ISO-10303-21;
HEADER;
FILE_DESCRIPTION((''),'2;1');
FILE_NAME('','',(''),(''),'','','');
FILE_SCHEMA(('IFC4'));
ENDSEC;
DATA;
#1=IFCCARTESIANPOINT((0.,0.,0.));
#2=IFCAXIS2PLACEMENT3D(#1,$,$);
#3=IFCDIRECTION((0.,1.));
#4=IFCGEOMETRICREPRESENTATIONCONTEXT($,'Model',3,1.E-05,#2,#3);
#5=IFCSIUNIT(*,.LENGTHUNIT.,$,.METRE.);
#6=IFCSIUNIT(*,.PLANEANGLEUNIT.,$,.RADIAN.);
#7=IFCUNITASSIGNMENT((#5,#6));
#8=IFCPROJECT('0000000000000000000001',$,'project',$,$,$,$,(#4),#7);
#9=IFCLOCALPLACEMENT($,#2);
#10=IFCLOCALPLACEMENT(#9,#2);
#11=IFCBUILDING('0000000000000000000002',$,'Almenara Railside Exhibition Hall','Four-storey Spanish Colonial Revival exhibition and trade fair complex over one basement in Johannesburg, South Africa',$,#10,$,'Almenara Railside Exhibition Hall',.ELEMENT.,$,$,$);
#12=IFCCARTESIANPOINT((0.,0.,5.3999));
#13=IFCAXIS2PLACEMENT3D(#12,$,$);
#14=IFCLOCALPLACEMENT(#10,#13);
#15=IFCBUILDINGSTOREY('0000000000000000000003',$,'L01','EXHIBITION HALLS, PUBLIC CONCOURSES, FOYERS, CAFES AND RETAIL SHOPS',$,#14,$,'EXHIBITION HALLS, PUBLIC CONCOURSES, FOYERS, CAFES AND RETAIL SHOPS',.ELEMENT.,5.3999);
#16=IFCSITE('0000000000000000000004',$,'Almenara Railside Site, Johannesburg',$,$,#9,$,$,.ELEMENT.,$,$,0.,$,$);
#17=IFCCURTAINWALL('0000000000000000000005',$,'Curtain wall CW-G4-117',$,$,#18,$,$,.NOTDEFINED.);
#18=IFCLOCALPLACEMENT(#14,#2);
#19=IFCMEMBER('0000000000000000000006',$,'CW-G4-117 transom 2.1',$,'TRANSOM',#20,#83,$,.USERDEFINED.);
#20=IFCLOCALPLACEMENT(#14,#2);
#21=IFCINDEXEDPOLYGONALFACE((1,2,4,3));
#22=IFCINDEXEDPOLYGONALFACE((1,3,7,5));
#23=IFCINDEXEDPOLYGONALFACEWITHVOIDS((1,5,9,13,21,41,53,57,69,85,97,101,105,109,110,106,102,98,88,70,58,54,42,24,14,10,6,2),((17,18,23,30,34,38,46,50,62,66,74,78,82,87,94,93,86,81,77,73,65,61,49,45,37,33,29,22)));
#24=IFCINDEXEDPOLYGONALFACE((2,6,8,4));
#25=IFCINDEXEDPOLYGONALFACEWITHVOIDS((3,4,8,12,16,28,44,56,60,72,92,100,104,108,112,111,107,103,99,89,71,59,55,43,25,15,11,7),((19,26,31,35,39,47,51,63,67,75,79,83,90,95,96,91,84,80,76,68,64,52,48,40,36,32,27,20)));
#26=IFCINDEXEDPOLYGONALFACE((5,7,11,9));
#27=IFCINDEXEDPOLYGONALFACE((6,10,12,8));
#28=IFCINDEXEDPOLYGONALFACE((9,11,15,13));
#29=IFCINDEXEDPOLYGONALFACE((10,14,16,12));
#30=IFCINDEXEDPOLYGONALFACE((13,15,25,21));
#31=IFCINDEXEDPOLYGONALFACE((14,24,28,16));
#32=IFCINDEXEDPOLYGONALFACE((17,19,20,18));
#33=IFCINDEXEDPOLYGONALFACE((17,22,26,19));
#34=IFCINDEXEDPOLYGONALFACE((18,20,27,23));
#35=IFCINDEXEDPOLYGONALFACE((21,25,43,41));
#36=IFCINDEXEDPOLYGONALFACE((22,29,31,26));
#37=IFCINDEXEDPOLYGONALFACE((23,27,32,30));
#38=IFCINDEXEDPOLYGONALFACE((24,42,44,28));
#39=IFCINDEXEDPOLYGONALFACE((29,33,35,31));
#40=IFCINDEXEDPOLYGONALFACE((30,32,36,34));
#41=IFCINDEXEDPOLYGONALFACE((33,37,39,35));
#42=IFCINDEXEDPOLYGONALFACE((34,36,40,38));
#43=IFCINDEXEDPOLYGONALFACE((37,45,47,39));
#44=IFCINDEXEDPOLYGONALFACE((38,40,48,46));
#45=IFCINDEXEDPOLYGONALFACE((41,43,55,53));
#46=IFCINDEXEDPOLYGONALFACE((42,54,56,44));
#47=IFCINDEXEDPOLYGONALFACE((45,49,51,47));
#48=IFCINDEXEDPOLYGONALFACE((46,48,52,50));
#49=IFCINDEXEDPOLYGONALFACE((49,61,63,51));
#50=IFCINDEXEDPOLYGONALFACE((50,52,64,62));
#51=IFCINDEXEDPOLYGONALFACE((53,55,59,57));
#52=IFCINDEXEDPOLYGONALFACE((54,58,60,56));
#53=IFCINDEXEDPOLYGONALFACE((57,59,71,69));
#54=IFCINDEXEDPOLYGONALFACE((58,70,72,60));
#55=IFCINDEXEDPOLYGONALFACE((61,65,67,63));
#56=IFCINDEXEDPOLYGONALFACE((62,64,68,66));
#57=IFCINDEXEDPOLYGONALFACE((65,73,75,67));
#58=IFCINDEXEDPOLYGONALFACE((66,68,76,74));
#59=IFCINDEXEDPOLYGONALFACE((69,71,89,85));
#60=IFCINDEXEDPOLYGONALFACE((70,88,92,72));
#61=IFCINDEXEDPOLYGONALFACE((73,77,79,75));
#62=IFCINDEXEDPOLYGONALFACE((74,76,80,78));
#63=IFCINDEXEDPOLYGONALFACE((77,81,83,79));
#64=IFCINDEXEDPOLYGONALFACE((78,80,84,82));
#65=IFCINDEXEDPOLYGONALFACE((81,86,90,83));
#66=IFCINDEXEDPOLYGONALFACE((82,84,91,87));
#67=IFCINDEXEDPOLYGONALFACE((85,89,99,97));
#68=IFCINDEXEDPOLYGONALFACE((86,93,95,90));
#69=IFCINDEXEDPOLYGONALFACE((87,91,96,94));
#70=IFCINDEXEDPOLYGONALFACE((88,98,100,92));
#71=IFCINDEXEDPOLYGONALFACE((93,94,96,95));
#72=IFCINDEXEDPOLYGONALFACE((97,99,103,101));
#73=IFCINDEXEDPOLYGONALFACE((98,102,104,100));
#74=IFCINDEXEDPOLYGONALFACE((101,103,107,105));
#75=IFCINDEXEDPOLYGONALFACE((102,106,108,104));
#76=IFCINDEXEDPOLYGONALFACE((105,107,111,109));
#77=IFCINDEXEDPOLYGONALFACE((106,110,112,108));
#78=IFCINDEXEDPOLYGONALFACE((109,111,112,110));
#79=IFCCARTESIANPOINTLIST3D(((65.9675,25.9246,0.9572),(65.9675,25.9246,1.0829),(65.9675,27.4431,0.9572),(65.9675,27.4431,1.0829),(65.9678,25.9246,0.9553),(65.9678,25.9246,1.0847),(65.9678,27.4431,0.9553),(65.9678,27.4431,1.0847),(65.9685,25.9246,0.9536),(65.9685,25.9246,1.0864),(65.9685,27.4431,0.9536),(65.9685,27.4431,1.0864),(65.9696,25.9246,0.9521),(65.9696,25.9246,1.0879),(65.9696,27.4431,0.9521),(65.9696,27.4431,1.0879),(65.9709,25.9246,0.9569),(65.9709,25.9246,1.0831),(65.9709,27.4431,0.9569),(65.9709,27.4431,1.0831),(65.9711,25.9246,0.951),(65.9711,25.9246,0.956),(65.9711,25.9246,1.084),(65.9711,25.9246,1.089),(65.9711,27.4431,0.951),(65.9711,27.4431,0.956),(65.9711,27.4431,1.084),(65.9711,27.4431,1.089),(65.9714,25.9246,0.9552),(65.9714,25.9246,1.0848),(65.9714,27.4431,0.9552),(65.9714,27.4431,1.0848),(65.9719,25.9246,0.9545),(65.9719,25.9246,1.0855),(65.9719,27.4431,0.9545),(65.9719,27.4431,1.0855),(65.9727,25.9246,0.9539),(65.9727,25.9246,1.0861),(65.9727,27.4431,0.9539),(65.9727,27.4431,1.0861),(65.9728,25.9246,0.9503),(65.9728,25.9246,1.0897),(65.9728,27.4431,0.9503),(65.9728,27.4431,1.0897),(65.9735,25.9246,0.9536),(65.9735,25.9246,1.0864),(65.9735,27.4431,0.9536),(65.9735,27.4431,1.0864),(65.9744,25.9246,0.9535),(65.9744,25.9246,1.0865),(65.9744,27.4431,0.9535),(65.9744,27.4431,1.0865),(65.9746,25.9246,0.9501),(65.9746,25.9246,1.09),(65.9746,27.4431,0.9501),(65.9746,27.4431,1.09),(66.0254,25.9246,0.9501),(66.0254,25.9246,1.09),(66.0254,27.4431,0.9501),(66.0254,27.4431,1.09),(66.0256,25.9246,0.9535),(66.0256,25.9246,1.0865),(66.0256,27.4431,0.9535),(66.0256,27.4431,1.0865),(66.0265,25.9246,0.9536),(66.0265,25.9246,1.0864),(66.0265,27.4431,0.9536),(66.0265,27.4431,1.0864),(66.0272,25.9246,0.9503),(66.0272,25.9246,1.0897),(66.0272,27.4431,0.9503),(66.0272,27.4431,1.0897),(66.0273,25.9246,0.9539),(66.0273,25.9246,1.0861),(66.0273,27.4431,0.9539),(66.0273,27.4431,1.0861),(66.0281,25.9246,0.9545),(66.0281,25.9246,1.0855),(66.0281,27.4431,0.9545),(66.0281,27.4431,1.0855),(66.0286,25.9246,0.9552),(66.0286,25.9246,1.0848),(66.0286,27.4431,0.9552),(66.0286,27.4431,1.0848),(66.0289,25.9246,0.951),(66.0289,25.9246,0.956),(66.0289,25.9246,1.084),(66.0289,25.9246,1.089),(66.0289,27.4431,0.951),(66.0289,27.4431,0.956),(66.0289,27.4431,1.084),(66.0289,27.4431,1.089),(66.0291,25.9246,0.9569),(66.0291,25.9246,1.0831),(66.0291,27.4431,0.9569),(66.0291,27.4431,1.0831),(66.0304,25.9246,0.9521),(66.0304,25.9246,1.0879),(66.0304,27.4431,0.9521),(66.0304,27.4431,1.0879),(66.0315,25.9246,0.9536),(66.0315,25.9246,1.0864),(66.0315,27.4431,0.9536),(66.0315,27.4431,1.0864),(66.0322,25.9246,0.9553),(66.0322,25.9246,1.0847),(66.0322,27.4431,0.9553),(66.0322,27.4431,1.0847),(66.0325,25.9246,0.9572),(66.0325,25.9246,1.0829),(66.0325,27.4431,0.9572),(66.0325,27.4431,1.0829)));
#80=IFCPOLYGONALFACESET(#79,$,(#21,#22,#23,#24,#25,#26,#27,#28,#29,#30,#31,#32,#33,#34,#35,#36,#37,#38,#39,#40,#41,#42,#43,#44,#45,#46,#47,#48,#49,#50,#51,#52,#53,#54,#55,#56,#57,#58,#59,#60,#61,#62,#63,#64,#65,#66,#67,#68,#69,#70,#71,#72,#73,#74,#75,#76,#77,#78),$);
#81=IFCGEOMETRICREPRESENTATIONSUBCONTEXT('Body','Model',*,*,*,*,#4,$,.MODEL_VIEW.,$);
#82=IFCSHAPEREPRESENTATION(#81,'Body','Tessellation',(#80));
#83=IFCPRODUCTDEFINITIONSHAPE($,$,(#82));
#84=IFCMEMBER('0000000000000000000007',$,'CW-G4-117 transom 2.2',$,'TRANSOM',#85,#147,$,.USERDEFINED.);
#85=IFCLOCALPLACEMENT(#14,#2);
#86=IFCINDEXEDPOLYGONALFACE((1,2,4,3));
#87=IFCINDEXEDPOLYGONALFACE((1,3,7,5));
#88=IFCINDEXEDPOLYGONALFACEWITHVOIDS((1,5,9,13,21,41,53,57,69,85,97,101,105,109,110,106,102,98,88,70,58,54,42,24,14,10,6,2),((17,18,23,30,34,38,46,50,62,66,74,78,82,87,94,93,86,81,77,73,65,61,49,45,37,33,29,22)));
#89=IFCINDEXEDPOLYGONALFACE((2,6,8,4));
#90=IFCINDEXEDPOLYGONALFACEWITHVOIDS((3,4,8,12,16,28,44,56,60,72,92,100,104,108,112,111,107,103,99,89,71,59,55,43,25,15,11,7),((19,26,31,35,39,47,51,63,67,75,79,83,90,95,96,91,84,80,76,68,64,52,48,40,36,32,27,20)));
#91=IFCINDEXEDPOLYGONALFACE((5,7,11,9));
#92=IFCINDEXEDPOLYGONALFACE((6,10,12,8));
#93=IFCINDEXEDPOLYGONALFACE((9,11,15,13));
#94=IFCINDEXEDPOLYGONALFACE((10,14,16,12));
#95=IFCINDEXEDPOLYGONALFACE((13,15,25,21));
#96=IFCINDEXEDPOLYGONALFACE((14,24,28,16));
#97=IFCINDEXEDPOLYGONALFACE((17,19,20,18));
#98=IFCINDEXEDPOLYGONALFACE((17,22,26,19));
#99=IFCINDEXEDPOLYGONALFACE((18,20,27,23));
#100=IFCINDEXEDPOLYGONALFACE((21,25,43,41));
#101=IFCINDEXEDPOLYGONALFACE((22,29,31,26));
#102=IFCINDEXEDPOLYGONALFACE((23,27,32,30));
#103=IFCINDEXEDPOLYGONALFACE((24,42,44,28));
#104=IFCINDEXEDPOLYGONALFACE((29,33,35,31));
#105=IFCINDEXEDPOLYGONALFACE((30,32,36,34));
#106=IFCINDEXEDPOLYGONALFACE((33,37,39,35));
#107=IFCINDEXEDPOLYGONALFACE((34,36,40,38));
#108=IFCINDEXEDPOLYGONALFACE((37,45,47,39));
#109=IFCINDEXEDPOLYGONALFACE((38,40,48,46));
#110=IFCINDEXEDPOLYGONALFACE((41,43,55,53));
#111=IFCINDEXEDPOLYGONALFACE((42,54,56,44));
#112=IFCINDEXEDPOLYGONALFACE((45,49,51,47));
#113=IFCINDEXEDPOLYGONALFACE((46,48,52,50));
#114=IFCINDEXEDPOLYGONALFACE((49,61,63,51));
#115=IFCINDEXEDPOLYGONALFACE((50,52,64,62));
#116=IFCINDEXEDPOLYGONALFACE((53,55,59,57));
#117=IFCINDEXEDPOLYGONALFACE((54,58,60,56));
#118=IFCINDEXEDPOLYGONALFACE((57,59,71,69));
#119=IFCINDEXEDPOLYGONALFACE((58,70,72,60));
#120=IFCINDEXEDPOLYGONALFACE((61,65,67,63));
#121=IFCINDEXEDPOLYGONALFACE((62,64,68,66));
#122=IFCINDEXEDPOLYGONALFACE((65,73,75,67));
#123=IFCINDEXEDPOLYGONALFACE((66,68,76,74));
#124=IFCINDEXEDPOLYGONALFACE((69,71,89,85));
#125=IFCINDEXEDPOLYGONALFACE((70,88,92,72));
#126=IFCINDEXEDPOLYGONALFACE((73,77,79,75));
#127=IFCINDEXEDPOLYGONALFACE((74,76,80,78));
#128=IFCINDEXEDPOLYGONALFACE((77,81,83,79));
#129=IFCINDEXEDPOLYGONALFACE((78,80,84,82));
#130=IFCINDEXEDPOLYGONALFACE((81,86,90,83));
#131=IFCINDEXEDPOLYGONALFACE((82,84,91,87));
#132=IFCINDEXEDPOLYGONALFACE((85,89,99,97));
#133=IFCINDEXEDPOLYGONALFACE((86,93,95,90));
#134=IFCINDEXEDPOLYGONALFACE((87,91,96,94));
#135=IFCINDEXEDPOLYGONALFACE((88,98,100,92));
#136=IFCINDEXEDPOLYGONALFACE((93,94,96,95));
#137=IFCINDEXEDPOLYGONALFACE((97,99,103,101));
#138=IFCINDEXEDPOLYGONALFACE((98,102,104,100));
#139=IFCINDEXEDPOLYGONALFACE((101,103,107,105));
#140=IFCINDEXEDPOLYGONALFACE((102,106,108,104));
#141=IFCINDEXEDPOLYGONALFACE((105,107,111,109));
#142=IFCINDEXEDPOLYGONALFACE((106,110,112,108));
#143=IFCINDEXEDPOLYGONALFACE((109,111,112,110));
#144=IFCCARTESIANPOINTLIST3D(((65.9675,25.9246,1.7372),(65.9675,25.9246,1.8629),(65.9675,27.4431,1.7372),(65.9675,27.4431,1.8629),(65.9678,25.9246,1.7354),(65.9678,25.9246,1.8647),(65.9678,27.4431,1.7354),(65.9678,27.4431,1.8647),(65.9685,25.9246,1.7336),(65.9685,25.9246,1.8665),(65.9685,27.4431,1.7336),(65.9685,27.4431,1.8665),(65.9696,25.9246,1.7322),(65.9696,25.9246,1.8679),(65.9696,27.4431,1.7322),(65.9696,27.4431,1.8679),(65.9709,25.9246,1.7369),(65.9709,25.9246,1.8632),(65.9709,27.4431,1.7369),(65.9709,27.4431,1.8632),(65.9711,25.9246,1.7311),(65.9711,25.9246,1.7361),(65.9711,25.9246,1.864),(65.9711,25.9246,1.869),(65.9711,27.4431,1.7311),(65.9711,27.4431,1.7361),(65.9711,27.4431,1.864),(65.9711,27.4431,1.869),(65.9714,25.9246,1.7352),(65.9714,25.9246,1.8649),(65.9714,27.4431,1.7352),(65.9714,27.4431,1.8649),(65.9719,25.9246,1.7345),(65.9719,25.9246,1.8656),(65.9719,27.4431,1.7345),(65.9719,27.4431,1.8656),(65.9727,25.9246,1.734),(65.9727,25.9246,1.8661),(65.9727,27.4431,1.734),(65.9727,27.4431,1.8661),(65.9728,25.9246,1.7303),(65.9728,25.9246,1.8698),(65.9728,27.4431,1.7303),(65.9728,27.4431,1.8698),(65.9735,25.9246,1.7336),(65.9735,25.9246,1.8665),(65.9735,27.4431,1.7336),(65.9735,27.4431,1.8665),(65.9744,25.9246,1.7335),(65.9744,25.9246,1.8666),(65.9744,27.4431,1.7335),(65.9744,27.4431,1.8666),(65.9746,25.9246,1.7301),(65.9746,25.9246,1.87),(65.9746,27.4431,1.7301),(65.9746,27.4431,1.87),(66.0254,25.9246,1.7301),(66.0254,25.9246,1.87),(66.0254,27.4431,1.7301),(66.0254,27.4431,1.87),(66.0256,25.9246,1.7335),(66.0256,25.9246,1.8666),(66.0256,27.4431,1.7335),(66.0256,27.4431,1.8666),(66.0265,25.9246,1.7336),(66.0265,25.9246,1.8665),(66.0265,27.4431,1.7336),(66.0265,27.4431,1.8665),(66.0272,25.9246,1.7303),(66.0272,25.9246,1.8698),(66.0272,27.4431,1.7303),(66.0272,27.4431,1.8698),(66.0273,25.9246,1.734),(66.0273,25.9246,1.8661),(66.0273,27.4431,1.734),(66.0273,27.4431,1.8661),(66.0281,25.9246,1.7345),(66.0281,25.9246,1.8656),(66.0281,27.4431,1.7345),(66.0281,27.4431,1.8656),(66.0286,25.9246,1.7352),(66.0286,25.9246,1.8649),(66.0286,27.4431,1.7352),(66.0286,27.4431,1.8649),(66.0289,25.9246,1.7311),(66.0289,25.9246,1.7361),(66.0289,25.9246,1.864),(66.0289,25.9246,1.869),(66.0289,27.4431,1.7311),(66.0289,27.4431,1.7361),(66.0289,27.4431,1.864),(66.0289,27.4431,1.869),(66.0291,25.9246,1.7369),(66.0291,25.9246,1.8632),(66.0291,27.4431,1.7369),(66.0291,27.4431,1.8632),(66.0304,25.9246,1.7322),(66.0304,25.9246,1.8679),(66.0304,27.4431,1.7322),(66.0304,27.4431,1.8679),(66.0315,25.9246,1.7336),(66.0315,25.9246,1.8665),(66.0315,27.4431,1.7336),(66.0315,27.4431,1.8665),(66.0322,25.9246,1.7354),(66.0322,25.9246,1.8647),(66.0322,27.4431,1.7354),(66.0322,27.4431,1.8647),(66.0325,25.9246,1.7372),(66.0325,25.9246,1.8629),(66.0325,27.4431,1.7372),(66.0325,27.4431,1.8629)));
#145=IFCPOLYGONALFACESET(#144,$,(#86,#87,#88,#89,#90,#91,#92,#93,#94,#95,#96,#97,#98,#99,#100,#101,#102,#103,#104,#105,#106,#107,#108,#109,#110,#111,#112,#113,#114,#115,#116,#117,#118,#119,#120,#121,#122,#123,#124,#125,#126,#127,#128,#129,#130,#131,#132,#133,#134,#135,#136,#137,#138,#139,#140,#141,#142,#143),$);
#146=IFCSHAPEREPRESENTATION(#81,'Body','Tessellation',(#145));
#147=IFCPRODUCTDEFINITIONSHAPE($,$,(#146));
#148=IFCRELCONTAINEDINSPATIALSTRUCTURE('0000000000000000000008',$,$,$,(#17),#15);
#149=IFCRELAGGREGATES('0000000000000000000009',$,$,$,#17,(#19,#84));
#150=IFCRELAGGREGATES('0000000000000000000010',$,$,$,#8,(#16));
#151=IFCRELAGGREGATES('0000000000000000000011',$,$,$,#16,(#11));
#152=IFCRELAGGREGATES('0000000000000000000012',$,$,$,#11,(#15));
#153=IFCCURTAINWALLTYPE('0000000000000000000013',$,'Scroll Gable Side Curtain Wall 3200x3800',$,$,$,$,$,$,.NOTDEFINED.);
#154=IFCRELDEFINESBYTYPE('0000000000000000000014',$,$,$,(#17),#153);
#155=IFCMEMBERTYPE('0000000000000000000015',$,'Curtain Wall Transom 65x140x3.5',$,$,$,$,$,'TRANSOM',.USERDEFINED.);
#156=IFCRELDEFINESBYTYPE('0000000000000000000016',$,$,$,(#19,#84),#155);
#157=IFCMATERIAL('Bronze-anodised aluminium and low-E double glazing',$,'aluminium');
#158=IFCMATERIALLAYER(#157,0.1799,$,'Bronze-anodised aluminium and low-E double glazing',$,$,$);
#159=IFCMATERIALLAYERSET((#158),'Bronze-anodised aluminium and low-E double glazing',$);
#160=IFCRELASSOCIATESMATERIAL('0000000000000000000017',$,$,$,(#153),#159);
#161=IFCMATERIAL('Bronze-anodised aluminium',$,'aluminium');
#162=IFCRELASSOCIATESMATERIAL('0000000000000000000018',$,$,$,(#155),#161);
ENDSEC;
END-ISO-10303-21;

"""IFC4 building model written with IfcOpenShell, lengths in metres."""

from ifc_helpers import new_model, si_unit, direction, frame, origin, origin_2d, place, context, subcontext, project, spatial, hollow_rectangle, extrude, material, layer, layer_set, material_profile, profile_set, type_object, element, aggregate, save


model = new_model("IFC4")

# Units and contexts
model_context = context("Model", 3, precision=1e-05, world=origin(), true_north=direction((0.0, 1.0)))
body_context = subcontext(model_context, "Body", "Model", "MODEL_VIEW")
ifc_project = project(units=[si_unit("LENGTHUNIT", "METRE"), si_unit("PLANEANGLEUNIT", "RADIAN")], contexts=[model_context])

# Site, building, storey
site_placement = place(None, origin())
site = spatial("IfcSite", under=ifc_project, at=site_placement, Name="Almenara Railside Site, Johannesburg", CompositionType="ELEMENT", RefElevation=0.0)
building_placement = place(site_placement, origin())
building = spatial("IfcBuilding", under=site, at=building_placement, Name="Almenara Railside Exhibition Hall", Description="Four-storey Spanish Colonial Revival exhibition and trade fair complex over one basement in Johannesburg, South Africa", LongName="Almenara Railside Exhibition Hall", CompositionType="ELEMENT")
storey_placement = place(building_placement, frame((0.0, 0.0, 5.3999)))
storey = spatial("IfcBuildingStorey", under=building, at=storey_placement, Name="L01", Description="EXHIBITION HALLS, PUBLIC CONCOURSES, FOYERS, CAFES AND RETAIL SHOPS", LongName="EXHIBITION HALLS, PUBLIC CONCOURSES, FOYERS, CAFES AND RETAIL SHOPS", CompositionType="ELEMENT", Elevation=5.3999)

# Curtain wall
ifc_material_1 = material(Name="Bronze-anodised aluminium and low-E double glazing", Category="aluminium")
ifc_layer_1 = layer(ifc_material_1, 0.1799, Name="Bronze-anodised aluminium and low-E double glazing")
ifc_layer_set_1 = layer_set([ifc_layer_1], Name="Bronze-anodised aluminium and low-E double glazing")
curtain_wall_type = type_object("IfcCurtainWallType", Name="Scroll Gable Side Curtain Wall 3200x3800", PredefinedType="NOTDEFINED", material=ifc_layer_set_1)
ifc_material_2 = material(Name="Bronze-anodised aluminium", Category="aluminium")
curtain_wall_1_placement = place(storey_placement, origin())
curtain_wall_1 = element("IfcCurtainWall", 1, at=curtain_wall_1_placement, inside=storey, type_object=curtain_wall_type, Name="Curtain wall CW-G4-117", PredefinedType="NOTDEFINED")

# Members
ifc_material_profile_1 = material_profile(ifc_material_2, hollow_rectangle(XDim=0.0649, YDim=0.1399, WallThickness=0.0034, InnerFilletRadius=0.0034, OuterFilletRadius=0.0071, at=origin_2d()), Name="ALU-TRN 65x140x3.5")
ifc_profile_set_1 = profile_set([ifc_material_profile_1], Name="Bronze-anodised aluminium")
member_type_1 = type_object("IfcMemberType", Name="Curtain Wall Transom 65x140x3.5", ElementType="TRANSOM", PredefinedType="USERDEFINED", material=ifc_profile_set_1)
member_1_placement = place(storey_placement, frame((66.0, 25.9246, 1.02), z_axis=(0.0, 1.0, 0.0), x_axis=(-1.0, 0.0, 0.0)))
member_1 = element("IfcMember", 2, at=member_1_placement, type_object=member_type_1, Name="CW-G4-117 transom 2.1", ObjectType="TRANSOM", PredefinedType="USERDEFINED", context=body_context, shape_type="SweptSolid", body=[
    extrude(hollow_rectangle(XDim=0.0649, YDim=0.1399, WallThickness=0.0034, InnerFilletRadius=0.0034, OuterFilletRadius=0.0071, at=origin_2d()), origin(), (0.0, 0.0, 1.0), 1.5186),
])
member_2_placement = place(storey_placement, frame((66.0, 25.9246, 1.8), z_axis=(0.0, 1.0, 0.0), x_axis=(-1.0, 0.0, 0.0)))
member_2 = element("IfcMember", 3, at=member_2_placement, type_object=member_type_1, Name="CW-G4-117 transom 2.2", ObjectType="TRANSOM", PredefinedType="USERDEFINED", context=body_context, shape_type="SweptSolid", body=[
    extrude(hollow_rectangle(XDim=0.0649, YDim=0.1399, WallThickness=0.0034, InnerFilletRadius=0.0034, OuterFilletRadius=0.0071, at=origin_2d()), origin(), (0.0, 0.0, 1.0), 1.5186),
])

aggregate(curtain_wall_1, [member_1, member_2])

save(model, "model.ifc")
